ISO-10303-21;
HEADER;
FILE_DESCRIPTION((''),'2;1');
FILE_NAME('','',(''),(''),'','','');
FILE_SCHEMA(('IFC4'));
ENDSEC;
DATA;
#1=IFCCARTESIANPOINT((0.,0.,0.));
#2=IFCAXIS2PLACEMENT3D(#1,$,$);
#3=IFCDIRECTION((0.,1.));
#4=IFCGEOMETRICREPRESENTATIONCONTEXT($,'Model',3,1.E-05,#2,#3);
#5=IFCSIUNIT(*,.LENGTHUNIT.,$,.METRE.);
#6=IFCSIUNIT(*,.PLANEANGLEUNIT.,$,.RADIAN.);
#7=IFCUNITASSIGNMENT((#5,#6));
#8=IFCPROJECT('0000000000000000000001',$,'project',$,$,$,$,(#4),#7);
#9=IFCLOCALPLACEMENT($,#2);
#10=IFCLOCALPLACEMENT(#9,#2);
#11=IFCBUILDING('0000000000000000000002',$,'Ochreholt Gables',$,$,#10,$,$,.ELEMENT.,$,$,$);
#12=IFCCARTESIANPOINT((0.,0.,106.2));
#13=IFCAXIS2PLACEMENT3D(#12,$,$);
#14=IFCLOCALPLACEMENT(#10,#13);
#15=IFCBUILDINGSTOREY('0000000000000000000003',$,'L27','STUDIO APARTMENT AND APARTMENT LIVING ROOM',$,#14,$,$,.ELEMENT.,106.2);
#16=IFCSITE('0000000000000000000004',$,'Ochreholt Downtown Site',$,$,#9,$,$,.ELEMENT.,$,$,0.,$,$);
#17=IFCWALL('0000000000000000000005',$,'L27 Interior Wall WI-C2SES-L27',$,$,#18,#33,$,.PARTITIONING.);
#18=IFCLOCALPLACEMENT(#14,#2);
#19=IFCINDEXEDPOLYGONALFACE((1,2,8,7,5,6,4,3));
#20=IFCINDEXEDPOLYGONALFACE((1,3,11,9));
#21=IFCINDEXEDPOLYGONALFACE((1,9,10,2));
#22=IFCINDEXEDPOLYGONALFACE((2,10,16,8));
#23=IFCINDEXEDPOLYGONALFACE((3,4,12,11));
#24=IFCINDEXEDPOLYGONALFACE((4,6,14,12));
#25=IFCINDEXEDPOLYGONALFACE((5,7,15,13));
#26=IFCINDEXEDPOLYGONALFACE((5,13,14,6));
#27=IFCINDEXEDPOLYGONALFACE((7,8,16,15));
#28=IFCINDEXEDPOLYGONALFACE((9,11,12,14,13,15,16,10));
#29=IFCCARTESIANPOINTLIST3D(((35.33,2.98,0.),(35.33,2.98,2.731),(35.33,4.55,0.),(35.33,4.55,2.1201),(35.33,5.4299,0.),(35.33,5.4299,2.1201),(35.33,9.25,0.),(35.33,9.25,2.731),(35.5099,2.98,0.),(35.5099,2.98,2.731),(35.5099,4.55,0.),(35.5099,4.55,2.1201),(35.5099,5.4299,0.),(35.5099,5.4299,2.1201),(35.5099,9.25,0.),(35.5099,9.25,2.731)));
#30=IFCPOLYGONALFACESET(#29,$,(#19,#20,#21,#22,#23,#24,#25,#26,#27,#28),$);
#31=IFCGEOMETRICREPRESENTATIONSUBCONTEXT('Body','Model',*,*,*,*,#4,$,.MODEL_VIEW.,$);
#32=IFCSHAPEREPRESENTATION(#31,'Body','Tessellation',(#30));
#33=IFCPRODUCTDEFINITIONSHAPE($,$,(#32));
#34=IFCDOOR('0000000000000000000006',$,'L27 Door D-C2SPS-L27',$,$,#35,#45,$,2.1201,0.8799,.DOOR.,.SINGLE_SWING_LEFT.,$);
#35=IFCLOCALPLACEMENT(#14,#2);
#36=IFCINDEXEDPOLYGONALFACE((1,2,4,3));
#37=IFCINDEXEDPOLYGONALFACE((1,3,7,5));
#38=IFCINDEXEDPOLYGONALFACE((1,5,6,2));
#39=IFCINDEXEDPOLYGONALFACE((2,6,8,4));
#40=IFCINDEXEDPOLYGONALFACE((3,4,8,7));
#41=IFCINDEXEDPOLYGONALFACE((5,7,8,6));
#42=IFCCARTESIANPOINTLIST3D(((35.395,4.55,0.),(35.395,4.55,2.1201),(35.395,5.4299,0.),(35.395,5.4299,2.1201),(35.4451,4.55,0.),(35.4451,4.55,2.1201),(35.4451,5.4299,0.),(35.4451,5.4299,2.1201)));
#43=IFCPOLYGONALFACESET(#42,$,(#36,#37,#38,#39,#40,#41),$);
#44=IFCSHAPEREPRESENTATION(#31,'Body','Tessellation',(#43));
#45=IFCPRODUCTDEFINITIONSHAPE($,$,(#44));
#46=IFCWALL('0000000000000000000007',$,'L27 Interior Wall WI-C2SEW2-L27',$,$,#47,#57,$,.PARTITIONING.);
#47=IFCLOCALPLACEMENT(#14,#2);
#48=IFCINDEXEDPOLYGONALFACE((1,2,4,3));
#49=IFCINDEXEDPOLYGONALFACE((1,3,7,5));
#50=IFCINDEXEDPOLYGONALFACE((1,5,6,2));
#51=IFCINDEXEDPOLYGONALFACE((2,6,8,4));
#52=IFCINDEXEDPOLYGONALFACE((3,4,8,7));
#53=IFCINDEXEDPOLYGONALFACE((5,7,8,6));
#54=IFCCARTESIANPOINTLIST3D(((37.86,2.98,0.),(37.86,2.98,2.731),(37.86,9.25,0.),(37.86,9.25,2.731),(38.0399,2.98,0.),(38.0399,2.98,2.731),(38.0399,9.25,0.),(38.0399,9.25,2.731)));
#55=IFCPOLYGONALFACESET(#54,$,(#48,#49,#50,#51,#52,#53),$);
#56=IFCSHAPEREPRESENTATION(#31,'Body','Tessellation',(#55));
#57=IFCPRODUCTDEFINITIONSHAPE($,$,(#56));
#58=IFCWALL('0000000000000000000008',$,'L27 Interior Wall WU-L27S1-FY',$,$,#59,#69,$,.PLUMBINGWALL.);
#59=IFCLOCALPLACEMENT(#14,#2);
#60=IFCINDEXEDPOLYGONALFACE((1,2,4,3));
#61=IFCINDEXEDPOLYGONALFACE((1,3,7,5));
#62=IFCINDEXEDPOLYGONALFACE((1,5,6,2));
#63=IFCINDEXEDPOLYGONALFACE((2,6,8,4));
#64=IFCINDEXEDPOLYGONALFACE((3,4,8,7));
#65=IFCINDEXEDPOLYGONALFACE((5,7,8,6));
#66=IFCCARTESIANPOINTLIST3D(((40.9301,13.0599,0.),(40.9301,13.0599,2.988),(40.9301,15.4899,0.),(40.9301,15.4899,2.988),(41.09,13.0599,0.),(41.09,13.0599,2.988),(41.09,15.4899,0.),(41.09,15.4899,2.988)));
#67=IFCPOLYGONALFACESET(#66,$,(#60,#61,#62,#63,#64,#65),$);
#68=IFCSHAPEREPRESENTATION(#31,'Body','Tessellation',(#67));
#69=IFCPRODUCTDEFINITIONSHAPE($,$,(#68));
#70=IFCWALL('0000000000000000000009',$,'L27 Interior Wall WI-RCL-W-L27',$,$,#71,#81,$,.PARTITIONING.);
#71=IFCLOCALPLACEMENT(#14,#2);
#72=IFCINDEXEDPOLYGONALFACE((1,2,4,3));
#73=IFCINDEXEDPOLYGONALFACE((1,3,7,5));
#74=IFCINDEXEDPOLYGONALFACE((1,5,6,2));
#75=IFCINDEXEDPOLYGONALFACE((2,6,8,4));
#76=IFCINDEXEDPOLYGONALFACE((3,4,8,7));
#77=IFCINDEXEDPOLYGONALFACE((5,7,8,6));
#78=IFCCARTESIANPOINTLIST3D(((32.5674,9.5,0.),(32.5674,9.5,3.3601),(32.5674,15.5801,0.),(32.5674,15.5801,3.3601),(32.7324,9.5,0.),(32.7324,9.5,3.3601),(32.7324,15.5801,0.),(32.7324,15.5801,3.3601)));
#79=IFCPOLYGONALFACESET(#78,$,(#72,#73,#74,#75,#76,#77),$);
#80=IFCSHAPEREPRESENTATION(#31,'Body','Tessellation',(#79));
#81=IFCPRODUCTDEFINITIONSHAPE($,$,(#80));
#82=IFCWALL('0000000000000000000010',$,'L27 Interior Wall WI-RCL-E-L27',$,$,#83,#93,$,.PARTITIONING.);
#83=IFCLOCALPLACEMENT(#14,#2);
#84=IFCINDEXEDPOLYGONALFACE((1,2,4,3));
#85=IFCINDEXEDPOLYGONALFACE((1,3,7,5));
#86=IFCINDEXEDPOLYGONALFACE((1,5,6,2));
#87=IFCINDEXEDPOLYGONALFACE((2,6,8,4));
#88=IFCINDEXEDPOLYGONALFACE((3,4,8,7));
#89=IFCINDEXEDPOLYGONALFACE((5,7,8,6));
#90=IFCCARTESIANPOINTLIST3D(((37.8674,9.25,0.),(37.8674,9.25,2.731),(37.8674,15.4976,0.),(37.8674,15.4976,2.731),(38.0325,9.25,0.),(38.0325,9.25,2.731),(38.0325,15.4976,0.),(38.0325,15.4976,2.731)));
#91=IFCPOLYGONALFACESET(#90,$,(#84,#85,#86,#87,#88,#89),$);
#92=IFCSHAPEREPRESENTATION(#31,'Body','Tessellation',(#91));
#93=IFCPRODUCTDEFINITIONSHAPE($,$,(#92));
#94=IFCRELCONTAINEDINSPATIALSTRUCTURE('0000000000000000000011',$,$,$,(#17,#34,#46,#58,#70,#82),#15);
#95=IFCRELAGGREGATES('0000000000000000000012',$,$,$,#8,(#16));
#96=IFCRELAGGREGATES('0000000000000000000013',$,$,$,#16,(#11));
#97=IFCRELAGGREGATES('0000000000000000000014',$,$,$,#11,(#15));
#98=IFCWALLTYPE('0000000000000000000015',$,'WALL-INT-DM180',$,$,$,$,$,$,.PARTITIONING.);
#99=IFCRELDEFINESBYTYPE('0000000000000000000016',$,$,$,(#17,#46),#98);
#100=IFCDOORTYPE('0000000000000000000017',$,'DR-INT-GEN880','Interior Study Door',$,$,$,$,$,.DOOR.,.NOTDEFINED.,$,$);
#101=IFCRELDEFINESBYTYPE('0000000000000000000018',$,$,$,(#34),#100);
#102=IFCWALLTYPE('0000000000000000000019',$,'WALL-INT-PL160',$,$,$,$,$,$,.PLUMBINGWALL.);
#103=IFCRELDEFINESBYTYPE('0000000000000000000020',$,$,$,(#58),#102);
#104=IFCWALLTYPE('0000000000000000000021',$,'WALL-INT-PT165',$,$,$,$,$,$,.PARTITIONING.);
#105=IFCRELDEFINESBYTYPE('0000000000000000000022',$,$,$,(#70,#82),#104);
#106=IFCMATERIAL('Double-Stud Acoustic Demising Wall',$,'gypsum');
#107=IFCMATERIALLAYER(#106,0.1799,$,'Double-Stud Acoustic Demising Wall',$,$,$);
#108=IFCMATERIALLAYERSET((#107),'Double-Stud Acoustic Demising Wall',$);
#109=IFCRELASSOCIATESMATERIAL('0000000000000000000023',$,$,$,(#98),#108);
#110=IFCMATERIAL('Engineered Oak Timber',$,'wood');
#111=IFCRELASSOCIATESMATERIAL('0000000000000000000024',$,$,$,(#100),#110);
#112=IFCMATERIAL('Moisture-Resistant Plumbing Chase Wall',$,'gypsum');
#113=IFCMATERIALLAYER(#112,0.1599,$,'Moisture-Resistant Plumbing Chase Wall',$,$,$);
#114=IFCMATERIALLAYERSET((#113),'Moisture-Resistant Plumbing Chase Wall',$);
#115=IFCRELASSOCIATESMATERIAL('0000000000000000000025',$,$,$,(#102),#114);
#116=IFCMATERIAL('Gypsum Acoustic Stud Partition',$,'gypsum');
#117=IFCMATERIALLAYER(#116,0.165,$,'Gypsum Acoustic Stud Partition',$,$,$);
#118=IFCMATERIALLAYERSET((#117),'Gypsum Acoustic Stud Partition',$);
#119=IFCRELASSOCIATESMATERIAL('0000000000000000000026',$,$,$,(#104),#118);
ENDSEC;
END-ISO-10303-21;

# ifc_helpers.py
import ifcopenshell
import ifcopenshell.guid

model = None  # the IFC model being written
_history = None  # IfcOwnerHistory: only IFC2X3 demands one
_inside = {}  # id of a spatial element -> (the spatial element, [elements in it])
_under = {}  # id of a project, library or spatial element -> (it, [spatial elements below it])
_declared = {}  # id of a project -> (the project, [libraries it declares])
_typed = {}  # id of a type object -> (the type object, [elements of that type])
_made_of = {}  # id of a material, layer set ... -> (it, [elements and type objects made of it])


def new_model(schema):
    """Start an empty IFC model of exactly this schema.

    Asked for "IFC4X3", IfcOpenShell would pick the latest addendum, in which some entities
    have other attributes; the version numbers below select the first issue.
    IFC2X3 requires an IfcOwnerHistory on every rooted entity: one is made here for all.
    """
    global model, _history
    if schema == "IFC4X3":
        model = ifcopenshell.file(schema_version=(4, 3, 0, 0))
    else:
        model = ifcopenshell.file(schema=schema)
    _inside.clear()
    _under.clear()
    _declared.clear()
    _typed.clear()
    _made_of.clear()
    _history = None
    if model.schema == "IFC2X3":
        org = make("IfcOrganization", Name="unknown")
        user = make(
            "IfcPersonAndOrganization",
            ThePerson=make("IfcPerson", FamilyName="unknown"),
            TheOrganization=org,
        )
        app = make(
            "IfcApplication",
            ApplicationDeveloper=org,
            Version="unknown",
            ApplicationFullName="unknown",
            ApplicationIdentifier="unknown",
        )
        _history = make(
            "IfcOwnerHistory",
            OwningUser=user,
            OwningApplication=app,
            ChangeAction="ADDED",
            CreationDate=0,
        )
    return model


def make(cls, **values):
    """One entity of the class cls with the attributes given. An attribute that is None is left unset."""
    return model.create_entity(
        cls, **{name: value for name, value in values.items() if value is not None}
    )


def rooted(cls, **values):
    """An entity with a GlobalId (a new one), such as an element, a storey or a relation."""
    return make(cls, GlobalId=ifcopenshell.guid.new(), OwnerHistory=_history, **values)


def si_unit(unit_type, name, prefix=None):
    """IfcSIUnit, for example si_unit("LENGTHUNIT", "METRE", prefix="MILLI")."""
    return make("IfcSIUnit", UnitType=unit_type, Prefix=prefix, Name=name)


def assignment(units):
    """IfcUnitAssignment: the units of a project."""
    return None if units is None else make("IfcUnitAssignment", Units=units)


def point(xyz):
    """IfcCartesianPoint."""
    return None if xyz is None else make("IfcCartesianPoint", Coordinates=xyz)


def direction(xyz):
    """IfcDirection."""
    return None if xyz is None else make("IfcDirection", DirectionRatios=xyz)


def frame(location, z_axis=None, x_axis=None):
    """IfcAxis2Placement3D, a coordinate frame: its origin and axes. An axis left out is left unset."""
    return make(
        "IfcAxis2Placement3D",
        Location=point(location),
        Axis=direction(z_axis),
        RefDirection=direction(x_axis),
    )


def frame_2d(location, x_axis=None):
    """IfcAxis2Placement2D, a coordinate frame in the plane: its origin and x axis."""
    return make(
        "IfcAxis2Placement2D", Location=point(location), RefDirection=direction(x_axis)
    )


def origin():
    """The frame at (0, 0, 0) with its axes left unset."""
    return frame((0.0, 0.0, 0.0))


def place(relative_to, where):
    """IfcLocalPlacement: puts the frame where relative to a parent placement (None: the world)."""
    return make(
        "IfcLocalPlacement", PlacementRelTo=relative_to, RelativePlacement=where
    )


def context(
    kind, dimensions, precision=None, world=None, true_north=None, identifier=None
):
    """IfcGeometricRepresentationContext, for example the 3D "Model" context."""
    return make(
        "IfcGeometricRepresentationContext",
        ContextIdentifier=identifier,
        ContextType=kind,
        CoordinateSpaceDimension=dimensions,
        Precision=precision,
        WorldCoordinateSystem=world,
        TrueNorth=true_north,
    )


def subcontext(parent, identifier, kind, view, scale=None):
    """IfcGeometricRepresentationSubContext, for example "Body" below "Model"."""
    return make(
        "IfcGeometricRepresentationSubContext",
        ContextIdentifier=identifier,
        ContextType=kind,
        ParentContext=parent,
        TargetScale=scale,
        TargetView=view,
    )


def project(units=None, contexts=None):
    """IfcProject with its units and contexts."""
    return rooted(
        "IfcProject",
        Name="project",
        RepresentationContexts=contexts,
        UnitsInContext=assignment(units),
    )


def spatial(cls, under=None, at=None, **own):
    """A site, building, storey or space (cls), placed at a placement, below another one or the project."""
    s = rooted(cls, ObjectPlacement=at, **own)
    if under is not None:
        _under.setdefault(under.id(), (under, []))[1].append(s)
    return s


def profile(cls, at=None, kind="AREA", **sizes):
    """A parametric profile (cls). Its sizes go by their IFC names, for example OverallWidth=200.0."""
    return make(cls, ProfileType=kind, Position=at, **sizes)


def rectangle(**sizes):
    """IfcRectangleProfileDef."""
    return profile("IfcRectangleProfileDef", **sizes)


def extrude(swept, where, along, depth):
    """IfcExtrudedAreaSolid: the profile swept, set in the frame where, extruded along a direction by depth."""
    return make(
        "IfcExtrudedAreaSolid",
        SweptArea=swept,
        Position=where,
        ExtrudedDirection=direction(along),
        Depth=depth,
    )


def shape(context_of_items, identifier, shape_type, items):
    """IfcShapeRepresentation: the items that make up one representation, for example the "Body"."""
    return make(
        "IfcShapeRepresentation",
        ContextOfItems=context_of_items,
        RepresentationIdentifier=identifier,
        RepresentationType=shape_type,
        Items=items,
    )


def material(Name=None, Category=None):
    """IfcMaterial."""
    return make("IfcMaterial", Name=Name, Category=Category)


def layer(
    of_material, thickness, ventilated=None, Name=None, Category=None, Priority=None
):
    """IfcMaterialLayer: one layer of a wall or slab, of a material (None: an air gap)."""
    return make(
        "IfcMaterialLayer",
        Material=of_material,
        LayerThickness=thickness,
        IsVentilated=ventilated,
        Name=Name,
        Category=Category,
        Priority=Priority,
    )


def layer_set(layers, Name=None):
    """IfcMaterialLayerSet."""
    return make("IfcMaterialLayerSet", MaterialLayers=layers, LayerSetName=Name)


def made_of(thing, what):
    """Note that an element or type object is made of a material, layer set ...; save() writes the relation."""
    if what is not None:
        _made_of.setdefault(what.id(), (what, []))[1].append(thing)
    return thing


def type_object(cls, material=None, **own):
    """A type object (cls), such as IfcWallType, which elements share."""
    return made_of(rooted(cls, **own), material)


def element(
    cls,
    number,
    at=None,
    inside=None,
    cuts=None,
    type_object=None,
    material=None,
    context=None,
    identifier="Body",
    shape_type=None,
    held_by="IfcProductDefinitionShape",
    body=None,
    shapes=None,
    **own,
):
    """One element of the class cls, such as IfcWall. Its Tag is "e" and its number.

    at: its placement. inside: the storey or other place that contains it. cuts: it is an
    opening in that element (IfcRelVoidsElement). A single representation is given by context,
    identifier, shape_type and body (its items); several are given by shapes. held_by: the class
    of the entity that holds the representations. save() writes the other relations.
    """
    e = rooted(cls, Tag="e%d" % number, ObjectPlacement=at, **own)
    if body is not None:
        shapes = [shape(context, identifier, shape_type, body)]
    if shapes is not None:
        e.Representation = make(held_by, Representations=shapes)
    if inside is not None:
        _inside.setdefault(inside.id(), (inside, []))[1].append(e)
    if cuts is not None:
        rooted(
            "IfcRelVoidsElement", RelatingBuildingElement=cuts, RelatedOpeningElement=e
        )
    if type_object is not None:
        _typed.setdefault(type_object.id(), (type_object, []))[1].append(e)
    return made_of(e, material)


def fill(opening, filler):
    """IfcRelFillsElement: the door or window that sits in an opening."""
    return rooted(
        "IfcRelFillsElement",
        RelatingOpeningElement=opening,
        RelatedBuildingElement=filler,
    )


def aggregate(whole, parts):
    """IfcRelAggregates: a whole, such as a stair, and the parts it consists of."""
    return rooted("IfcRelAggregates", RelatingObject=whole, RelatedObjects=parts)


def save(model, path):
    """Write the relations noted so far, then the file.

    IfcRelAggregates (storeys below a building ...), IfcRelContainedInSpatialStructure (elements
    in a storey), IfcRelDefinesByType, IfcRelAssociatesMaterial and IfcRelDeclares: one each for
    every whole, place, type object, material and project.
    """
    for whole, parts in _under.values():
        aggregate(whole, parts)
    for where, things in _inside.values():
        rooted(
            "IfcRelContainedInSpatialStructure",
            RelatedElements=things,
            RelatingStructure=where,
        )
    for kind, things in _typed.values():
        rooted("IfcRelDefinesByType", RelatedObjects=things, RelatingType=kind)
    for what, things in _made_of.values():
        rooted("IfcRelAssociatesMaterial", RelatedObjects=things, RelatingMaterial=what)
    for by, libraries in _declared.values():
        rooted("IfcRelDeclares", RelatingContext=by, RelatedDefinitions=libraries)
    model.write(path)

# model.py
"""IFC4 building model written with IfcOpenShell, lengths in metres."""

from ifc_helpers import new_model, si_unit, direction, frame, frame_2d, origin, place, context, subcontext, project, spatial, rectangle, extrude, material, layer, layer_set, type_object, element, fill, save


model = new_model("IFC4")

# Units and contexts
model_context = context("Model", 3, precision=1e-05, world=origin(), true_north=direction((0.0, 1.0)))
body_context = subcontext(model_context, "Body", "Model", "MODEL_VIEW")
ifc_project = project(units=[si_unit("LENGTHUNIT", "METRE"), si_unit("PLANEANGLEUNIT", "RADIAN")], contexts=[model_context])

# Site, building, storey
site_placement = place(None, origin())
site = spatial("IfcSite", under=ifc_project, at=site_placement, Name="Ochreholt Downtown Site", CompositionType="ELEMENT", RefElevation=0.0)
building_placement = place(site_placement, origin())
building = spatial("IfcBuilding", under=site, at=building_placement, Name="Ochreholt Gables", CompositionType="ELEMENT")
storey_placement = place(building_placement, frame((0.0, 0.0, 106.2)))
storey = spatial("IfcBuildingStorey", under=building, at=storey_placement, Name="L27", Description="STUDIO APARTMENT AND APARTMENT LIVING ROOM", CompositionType="ELEMENT", Elevation=106.2)

# Wall, opening, door
ifc_material_1 = material(Name="Double-Stud Acoustic Demising Wall", Category="gypsum")
ifc_layer_1 = layer(ifc_material_1, 0.1799, Name="Double-Stud Acoustic Demising Wall")
ifc_layer_set_1 = layer_set([ifc_layer_1], Name="Double-Stud Acoustic Demising Wall")
wall_type_1 = type_object("IfcWallType", Name="WALL-INT-DM180", PredefinedType="PARTITIONING", material=ifc_layer_set_1)
wall_1_placement = place(storey_placement, frame((35.4199, 2.98, 0.0), z_axis=(0.0, 0.0, 1.0), x_axis=(0.0, 1.0, 0.0)))
wall_1 = element("IfcWall", 1, at=wall_1_placement, inside=storey, type_object=wall_type_1, Name="L27 Interior Wall WI-C2SES-L27", PredefinedType="PARTITIONING", context=body_context, shape_type="SweptSolid", body=[
    extrude(rectangle(XDim=6.27, YDim=0.1799, at=frame_2d((3.135, 0.0))), origin(), (0.0, 0.0, 1.0), 2.731),
])
opening_1_placement = place(wall_1_placement, frame((1.5701, 0.0, 0.0)))
opening_1 = element("IfcOpeningElement", 2, at=opening_1_placement, cuts=wall_1, PredefinedType="OPENING", context=body_context, shape_type="SweptSolid", body=[
    extrude(rectangle(XDim=0.8799, YDim=2.1201, at=frame_2d((0.4399, 1.0601))), frame((0.0, 0.0999, 0.0), z_axis=(0.0, -1.0, 0.0), x_axis=(1.0, 0.0, 0.0)), (0.0, 0.0, 1.0), 0.2),
])
ifc_material_2 = material(Name="Engineered Oak Timber", Category="wood")
door_type_1 = type_object("IfcDoorType", Name="DR-INT-GEN880", Description="Interior Study Door", OperationType="NOTDEFINED", PredefinedType="DOOR", material=ifc_material_2)
door_1_placement = place(opening_1_placement, origin())
door_1 = element("IfcDoor", 3, at=door_1_placement, inside=storey, type_object=door_type_1, Name="L27 Door D-C2SPS-L27", OperationType="SINGLE_SWING_LEFT", OverallHeight=2.1201, OverallWidth=0.8799, PredefinedType="DOOR", context=body_context, shape_type="SweptSolid", body=[
    extrude(rectangle(XDim=0.8799, YDim=2.1201, at=frame_2d((0.4399, 1.0601))), frame((0.0, 0.0249, 0.0), z_axis=(0.0, -1.0, 0.0), x_axis=(1.0, 0.0, 0.0)), (0.0, 0.0, 1.0), 0.05),
])
fill(opening_1, door_1)

# Wall
wall_2_placement = place(storey_placement, frame((37.95, 2.98, 0.0), z_axis=(0.0, 0.0, 1.0), x_axis=(0.0, 1.0, 0.0)))
element("IfcWall", 4, at=wall_2_placement, inside=storey, type_object=wall_type_1, Name="L27 Interior Wall WI-C2SEW2-L27", PredefinedType="PARTITIONING", context=body_context, shape_type="SweptSolid", body=[
    extrude(rectangle(XDim=6.27, YDim=0.1799, at=frame_2d((3.135, 0.0))), origin(), (0.0, 0.0, 1.0), 2.731),
])

# Shared definitions
ifc_material_3 = material(Name="Moisture-Resistant Plumbing Chase Wall", Category="gypsum")
ifc_layer_2 = layer(ifc_material_3, 0.1599, Name="Moisture-Resistant Plumbing Chase Wall")
ifc_layer_set_2 = layer_set([ifc_layer_2], Name="Moisture-Resistant Plumbing Chase Wall")
wall_type_2 = type_object("IfcWallType", Name="WALL-INT-PL160", PredefinedType="PLUMBINGWALL", material=ifc_layer_set_2)

# Walls
wall_3_placement = place(storey_placement, frame((41.01, 13.0601, 0.0), z_axis=(0.0, 0.0, 1.0), x_axis=(0.0, 1.0, 0.0)))
element("IfcWall", 5, at=wall_3_placement, inside=storey, type_object=wall_type_2, Name="L27 Interior Wall WU-L27S1-FY", PredefinedType="PLUMBINGWALL", context=body_context, shape_type="SweptSolid", body=[
    extrude(rectangle(XDim=2.4299, YDim=0.1599, at=frame_2d((1.2148, 0.0))), origin(), (0.0, 0.0, 1.0), 2.988),
])
ifc_material_4 = material(Name="Gypsum Acoustic Stud Partition", Category="gypsum")
ifc_layer_3 = layer(ifc_material_4, 0.165, Name="Gypsum Acoustic Stud Partition")
ifc_layer_set_3 = layer_set([ifc_layer_3], Name="Gypsum Acoustic Stud Partition")
wall_type_3 = type_object("IfcWallType", Name="WALL-INT-PT165", PredefinedType="PARTITIONING", material=ifc_layer_set_3)
wall_4_placement = place(storey_placement, frame((32.6499, 9.5, 0.0), z_axis=(0.0, 0.0, 1.0), x_axis=(0.0, 1.0, 0.0)))
element("IfcWall", 6, at=wall_4_placement, inside=storey, type_object=wall_type_3, Name="L27 Interior Wall WI-RCL-W-L27", PredefinedType="PARTITIONING", context=body_context, shape_type="SweptSolid", body=[
    extrude(rectangle(XDim=6.0801, YDim=0.165, at=frame_2d((3.04, 0.0))), origin(), (0.0, 0.0, 1.0), 3.3601),
])

# Wall
wall_5_placement = place(storey_placement, frame((37.95, 9.25, 0.0), z_axis=(0.0, 0.0, 1.0), x_axis=(0.0, 1.0, 0.0)))
element("IfcWall", 7, at=wall_5_placement, inside=storey, type_object=wall_type_3, Name="L27 Interior Wall WI-RCL-E-L27", PredefinedType="PARTITIONING", context=body_context, shape_type="SweptSolid", body=[
    extrude(rectangle(XDim=6.2476, YDim=0.165, at=frame_2d((3.1238, 0.0))), origin(), (0.0, 0.0, 1.0), 2.731),
])

save(model, "model.ifc")
